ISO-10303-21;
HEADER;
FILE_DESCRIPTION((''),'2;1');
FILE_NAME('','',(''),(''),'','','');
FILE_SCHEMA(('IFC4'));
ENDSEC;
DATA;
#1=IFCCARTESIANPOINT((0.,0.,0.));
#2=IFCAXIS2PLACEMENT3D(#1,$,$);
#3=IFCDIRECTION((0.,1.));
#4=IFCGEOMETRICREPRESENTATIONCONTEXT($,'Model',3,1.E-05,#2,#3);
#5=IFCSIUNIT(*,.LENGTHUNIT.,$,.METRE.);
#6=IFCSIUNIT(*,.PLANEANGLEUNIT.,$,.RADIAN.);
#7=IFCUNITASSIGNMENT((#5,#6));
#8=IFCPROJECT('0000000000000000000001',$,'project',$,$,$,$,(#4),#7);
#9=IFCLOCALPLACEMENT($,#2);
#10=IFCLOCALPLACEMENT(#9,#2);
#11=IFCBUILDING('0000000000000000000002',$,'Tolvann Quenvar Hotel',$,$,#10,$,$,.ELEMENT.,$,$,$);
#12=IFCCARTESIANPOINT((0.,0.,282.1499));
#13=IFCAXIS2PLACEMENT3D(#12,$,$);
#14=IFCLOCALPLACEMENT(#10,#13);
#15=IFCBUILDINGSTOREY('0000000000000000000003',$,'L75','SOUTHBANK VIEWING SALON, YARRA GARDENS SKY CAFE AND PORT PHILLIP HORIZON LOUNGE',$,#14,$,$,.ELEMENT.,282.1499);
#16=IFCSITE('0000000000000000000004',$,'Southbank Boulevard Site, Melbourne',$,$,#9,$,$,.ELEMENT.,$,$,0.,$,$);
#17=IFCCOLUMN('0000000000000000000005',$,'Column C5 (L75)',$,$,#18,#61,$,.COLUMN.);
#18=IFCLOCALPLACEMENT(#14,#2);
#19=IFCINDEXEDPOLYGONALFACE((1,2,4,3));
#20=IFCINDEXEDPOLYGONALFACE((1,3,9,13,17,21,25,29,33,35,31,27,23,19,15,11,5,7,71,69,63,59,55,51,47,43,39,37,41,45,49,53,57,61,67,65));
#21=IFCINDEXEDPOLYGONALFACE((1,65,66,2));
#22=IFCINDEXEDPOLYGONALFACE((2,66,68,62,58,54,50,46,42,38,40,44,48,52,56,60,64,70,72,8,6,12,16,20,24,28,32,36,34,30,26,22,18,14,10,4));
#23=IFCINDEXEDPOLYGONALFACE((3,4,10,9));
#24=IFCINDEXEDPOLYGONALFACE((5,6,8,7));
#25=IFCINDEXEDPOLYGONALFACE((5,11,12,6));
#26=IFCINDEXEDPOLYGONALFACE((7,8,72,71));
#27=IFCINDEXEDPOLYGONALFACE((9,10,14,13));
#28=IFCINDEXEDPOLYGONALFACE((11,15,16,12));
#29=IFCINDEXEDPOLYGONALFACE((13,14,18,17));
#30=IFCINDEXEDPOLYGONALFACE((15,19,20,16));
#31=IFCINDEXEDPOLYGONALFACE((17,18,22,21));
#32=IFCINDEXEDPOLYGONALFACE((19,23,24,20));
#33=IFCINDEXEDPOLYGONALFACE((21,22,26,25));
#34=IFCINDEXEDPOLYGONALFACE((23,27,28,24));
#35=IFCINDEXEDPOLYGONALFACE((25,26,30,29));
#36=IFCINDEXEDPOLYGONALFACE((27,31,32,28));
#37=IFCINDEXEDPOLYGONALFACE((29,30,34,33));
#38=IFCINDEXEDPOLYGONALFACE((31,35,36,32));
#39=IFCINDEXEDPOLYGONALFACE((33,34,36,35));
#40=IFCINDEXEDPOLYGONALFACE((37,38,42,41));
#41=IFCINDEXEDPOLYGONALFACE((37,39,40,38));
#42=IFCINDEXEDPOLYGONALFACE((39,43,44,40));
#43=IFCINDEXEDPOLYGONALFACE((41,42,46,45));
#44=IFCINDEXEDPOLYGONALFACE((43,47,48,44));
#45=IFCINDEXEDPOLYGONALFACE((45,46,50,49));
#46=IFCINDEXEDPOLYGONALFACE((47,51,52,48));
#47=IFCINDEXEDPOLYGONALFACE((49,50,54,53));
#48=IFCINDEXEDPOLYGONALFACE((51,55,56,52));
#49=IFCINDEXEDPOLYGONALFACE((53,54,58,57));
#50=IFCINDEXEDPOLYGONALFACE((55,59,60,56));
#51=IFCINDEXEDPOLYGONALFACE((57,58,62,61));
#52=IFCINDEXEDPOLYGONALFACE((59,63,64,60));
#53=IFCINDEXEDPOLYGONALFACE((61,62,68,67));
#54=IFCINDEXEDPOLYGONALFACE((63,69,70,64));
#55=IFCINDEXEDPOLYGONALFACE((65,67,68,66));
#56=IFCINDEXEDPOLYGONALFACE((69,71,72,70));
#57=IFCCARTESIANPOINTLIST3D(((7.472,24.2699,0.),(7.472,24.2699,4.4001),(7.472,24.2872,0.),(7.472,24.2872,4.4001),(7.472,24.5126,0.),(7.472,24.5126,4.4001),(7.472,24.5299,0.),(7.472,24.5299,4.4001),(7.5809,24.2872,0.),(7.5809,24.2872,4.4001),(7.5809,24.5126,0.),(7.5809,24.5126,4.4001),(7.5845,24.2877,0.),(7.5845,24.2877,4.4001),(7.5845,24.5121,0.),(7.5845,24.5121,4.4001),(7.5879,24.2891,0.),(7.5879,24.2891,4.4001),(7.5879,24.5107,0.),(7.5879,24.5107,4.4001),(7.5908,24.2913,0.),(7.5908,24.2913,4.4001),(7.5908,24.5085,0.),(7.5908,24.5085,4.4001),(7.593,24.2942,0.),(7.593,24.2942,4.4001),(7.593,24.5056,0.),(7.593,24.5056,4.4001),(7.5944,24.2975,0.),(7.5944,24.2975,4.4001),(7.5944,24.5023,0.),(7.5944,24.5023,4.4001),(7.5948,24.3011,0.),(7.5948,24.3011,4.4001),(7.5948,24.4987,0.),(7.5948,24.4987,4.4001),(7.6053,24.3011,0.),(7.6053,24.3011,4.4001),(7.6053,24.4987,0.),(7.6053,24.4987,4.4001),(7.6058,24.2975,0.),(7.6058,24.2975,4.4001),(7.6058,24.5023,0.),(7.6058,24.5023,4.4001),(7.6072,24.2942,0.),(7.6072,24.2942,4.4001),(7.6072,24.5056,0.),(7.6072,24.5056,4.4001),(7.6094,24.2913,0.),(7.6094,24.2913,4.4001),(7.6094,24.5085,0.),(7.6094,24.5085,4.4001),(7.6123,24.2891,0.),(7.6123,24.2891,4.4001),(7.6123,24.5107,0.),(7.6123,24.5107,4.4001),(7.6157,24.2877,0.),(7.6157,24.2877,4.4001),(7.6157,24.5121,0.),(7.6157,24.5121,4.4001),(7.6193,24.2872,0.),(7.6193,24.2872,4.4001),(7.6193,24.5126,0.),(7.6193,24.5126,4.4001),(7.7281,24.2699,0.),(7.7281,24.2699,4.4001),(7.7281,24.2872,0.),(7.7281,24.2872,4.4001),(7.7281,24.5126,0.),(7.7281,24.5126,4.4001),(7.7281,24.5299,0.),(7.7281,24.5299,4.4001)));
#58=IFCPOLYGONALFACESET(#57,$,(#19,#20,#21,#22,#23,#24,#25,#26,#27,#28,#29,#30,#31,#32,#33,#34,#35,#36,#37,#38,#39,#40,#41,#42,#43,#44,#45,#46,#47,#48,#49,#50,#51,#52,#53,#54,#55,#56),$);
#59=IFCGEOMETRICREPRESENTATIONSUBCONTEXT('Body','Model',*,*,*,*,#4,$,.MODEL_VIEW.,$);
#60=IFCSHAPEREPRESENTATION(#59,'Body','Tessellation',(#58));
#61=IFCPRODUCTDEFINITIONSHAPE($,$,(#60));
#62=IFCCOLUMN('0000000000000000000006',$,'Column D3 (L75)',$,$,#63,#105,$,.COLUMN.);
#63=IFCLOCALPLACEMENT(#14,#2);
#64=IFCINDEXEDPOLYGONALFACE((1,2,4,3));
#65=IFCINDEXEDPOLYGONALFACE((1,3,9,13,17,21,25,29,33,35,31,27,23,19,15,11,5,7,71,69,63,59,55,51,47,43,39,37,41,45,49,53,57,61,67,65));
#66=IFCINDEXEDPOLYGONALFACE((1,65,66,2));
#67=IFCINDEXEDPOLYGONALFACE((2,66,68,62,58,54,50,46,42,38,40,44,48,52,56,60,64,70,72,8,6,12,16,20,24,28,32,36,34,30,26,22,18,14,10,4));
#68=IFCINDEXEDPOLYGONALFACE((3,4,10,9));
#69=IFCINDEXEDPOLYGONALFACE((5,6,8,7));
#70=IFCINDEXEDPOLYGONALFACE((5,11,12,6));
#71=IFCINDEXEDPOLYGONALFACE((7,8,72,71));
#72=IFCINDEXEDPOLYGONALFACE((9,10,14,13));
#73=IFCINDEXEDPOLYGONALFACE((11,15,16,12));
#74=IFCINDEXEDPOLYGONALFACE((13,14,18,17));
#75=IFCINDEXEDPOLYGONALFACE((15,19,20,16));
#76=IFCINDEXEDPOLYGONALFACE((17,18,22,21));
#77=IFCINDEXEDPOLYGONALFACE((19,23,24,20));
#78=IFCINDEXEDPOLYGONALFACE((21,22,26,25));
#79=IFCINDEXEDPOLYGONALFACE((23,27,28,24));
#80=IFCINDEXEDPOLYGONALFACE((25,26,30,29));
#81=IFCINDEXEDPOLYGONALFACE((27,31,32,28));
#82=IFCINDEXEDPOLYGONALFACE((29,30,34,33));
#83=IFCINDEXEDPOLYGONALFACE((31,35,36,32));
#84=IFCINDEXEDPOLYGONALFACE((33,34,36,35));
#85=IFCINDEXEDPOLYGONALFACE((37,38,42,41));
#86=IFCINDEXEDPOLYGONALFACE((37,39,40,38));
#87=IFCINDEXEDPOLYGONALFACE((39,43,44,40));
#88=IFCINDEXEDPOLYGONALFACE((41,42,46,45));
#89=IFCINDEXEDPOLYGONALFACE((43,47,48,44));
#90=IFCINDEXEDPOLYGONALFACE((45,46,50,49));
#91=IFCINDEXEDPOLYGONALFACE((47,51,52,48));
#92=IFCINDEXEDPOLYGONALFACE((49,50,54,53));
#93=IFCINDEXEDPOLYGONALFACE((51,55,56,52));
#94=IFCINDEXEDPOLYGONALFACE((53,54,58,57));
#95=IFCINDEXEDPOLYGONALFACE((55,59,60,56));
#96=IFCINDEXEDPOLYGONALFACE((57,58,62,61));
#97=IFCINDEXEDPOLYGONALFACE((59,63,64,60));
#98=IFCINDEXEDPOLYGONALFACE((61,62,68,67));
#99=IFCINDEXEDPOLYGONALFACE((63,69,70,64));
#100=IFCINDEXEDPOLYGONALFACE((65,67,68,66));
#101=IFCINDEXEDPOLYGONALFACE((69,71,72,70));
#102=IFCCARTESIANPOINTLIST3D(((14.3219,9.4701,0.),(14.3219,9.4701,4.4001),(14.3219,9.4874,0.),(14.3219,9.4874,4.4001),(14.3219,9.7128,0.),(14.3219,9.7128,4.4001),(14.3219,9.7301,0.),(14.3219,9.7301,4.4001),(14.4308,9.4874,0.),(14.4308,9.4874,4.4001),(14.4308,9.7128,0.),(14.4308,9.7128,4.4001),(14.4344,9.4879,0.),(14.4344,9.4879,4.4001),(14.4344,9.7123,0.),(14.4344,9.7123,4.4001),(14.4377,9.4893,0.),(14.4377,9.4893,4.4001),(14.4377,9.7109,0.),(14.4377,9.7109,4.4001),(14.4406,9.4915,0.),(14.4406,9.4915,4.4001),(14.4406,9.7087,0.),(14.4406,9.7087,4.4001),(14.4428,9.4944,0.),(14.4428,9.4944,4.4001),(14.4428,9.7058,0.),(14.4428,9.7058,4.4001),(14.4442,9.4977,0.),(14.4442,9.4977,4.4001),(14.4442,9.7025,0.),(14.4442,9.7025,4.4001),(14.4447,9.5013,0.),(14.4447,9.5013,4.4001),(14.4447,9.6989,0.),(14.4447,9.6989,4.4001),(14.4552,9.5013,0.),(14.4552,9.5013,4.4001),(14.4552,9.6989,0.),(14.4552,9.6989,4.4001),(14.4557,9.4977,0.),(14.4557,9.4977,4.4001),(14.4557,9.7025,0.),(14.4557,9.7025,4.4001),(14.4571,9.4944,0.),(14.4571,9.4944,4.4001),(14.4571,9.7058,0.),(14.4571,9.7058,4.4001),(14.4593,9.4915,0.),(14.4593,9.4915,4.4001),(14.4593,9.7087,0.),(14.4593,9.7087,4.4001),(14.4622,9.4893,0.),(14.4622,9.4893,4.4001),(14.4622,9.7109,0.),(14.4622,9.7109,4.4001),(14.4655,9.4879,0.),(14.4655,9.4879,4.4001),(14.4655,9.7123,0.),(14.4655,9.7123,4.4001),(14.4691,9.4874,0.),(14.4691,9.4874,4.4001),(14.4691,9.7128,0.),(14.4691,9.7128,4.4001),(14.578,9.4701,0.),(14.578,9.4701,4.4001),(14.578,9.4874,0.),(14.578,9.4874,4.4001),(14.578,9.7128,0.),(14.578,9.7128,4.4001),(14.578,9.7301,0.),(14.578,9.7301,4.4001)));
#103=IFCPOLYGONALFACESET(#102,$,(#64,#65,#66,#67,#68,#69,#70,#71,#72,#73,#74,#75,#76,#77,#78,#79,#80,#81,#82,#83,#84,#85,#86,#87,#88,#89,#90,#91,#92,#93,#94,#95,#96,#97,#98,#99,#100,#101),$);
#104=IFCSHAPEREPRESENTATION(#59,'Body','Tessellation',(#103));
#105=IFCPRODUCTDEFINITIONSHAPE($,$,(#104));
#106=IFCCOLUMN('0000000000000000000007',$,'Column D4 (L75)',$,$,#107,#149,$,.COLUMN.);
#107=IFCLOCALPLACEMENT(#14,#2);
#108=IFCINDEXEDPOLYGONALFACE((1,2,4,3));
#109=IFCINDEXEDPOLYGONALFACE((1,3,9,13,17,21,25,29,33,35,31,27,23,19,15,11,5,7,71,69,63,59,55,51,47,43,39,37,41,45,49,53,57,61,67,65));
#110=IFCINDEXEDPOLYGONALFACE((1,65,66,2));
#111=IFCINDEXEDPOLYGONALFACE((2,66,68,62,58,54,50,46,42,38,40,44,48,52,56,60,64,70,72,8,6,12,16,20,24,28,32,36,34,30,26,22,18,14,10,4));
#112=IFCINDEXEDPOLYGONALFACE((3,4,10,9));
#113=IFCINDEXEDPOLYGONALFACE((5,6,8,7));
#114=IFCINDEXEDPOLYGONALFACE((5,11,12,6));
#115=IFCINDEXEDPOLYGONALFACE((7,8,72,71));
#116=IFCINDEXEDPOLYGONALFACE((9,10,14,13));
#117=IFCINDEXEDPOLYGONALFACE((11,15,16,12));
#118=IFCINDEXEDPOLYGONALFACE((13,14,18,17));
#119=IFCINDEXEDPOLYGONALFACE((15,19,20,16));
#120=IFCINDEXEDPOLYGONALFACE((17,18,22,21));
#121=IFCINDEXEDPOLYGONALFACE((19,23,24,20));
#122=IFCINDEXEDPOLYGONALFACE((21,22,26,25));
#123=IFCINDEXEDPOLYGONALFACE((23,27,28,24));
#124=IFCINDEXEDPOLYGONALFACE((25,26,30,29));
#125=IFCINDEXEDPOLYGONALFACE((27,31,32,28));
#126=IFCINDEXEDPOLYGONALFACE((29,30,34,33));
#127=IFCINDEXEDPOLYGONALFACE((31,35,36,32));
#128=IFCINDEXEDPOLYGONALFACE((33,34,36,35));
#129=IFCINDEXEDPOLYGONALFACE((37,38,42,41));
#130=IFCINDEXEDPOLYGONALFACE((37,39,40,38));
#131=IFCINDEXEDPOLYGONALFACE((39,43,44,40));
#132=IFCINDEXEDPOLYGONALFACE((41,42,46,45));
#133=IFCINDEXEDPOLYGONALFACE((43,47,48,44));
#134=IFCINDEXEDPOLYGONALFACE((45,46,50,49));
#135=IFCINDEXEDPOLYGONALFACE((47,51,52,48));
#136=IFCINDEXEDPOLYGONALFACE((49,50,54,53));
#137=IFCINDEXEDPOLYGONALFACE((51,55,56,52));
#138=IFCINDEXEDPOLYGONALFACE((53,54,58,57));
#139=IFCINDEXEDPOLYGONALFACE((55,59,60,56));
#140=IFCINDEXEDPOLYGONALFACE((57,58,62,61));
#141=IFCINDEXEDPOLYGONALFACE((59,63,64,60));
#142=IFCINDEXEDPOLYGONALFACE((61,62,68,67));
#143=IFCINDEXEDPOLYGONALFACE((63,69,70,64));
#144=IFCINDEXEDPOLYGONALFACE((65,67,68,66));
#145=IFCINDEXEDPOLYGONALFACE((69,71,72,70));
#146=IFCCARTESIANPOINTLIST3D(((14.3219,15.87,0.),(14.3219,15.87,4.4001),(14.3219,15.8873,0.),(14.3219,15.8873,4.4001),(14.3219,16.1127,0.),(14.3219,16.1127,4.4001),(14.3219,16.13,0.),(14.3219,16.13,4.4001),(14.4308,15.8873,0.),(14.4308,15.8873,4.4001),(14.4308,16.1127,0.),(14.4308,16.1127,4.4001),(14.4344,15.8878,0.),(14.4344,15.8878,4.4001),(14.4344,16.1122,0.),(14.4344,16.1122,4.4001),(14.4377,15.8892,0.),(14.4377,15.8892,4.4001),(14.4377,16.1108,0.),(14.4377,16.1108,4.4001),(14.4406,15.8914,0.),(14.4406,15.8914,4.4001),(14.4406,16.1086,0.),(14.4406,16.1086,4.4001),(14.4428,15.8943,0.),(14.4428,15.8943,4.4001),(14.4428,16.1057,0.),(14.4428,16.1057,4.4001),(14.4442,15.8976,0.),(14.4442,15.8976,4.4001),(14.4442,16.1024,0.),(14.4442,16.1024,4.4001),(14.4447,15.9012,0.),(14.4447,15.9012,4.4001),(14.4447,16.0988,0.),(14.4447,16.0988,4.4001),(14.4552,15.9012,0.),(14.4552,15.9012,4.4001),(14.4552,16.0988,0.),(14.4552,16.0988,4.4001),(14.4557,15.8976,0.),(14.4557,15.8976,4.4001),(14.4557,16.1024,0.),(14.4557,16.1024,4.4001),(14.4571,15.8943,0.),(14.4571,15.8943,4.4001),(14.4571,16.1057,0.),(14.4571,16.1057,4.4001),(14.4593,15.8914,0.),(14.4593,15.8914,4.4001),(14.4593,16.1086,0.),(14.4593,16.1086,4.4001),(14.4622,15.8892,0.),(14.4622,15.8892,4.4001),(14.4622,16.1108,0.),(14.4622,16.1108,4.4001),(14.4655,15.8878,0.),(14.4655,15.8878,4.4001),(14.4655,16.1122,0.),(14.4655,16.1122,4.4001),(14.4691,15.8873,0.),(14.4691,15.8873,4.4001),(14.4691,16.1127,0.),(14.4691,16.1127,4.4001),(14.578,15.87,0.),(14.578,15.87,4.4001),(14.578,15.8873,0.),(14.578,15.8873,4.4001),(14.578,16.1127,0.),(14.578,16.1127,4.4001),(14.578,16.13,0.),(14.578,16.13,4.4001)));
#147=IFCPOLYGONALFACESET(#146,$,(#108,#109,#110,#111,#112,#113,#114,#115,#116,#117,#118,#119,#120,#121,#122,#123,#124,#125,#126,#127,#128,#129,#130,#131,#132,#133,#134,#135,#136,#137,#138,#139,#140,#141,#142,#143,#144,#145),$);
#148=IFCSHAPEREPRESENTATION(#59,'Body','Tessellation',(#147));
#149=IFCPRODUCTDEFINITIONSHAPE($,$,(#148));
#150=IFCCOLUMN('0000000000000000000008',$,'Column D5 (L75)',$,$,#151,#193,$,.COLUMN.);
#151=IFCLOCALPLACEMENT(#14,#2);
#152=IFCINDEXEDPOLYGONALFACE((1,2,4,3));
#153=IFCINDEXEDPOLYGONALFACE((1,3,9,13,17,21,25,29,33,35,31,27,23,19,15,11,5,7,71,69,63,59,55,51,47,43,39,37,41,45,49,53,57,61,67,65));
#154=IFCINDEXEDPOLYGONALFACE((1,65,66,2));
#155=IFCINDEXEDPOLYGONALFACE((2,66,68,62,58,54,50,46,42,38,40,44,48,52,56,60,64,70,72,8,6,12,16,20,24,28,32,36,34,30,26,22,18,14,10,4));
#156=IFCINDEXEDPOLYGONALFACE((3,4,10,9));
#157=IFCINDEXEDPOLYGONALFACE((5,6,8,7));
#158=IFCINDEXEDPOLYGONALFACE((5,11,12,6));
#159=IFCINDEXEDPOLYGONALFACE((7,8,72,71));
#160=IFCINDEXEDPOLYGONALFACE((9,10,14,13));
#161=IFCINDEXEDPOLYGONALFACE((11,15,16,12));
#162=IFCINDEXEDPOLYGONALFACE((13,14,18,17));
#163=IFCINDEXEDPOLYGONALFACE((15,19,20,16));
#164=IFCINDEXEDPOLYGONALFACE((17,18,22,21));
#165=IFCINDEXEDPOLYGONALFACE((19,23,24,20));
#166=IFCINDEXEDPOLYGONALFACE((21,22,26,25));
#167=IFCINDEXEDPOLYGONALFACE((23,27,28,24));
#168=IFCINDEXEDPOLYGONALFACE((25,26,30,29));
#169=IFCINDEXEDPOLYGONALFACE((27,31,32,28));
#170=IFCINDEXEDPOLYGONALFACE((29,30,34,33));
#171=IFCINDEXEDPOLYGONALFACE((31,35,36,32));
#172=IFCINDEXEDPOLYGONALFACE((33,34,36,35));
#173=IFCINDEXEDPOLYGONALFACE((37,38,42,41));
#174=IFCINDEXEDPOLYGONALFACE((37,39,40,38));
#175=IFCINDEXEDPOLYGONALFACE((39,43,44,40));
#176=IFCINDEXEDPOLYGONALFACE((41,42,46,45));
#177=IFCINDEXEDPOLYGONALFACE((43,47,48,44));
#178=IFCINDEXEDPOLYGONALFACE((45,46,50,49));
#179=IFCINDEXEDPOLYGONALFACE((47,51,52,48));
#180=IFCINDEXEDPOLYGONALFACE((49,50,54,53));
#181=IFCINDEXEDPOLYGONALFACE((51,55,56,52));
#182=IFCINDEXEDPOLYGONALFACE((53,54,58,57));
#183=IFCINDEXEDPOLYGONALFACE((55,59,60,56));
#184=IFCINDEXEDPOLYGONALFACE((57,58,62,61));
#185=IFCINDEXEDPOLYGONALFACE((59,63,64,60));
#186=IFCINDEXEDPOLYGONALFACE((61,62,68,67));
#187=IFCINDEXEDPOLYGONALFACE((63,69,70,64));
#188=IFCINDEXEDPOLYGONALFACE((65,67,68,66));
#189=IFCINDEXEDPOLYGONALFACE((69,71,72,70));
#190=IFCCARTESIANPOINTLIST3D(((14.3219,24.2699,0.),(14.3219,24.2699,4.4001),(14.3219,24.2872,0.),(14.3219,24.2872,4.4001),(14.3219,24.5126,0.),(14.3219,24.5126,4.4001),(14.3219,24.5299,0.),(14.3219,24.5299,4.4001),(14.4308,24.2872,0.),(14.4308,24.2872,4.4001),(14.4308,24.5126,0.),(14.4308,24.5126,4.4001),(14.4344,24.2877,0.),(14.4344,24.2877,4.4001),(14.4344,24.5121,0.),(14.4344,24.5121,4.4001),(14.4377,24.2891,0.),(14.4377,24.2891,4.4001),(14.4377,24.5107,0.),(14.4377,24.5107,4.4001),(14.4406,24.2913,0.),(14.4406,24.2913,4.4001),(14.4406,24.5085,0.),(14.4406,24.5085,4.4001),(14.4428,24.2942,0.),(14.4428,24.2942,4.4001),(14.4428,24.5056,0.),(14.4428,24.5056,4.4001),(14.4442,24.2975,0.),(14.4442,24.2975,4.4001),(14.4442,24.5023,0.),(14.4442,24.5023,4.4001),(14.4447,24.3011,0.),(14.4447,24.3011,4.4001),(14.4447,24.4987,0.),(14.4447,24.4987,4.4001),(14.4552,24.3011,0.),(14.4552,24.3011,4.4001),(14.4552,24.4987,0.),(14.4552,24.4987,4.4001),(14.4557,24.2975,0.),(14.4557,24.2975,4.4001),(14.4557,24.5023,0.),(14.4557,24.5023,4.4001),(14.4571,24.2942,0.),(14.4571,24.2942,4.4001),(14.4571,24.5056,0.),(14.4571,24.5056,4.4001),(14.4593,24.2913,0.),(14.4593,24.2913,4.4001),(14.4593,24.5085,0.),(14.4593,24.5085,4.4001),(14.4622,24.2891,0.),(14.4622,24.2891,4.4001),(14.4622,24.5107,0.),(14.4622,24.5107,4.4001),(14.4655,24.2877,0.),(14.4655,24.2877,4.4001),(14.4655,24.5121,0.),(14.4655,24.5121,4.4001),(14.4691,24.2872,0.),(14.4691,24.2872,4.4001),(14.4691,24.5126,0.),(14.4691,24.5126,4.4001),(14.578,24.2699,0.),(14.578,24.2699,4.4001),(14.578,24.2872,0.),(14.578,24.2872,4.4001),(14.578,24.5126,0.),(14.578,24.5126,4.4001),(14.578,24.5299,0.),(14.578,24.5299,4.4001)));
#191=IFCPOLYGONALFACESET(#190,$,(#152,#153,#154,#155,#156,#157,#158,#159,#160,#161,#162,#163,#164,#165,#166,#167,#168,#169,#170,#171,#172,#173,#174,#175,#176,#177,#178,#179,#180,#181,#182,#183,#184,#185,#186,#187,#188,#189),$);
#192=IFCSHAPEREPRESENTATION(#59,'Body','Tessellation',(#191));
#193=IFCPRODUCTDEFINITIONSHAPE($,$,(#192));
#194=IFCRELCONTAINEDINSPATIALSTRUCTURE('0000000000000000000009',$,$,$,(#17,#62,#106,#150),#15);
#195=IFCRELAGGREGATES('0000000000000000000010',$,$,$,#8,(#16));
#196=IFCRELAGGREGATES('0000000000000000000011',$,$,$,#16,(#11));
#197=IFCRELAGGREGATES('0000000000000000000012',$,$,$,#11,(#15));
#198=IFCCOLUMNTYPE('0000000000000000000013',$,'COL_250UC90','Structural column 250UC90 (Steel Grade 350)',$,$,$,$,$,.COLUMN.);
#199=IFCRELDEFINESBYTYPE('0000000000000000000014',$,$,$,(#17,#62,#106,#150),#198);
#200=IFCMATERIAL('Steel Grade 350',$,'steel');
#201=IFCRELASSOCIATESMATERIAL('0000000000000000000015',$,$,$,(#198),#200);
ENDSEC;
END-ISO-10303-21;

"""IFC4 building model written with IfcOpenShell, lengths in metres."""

from ifc_helpers import new_model, si_unit, direction, frame, origin, origin_2d, place, context, subcontext, project, spatial, i_section, extrude, source, transform, mapped, material, material_profile, profile_set, type_object, type_shapes, element, save


model = new_model("IFC4")

# Units and contexts
model_context = context("Model", 3, precision=1e-05, world=origin(), true_north=direction((0.0, 1.0)))
body_context = subcontext(model_context, "Body", "Model", "MODEL_VIEW")
ifc_project = project(units=[si_unit("LENGTHUNIT", "METRE"), si_unit("PLANEANGLEUNIT", "RADIAN")], contexts=[model_context])

# Site, building, storey
site_placement = place(None, origin())
site = spatial("IfcSite", under=ifc_project, at=site_placement, Name="Southbank Boulevard Site, Melbourne", CompositionType="ELEMENT", RefElevation=0.0)
building_placement = place(site_placement, origin())
building = spatial("IfcBuilding", under=site, at=building_placement, Name="Tolvann Quenvar Hotel", CompositionType="ELEMENT")
storey_placement = place(building_placement, frame((0.0, 0.0, 282.1499)))
storey = spatial("IfcBuildingStorey", under=building, at=storey_placement, Name="L75", Description="SOUTHBANK VIEWING SALON, YARRA GARDENS SKY CAFE AND PORT PHILLIP HORIZON LOUNGE", CompositionType="ELEMENT", Elevation=282.1499)

# Columns
ifc_material_1 = material(Name="Steel Grade 350", Category="steel")
ifc_material_profile_1 = material_profile(ifc_material_1, i_section(OverallWidth=0.2561, OverallDepth=0.26, WebThickness=0.0105, FlangeThickness=0.0173, FilletRadius=0.0139, at=origin_2d()), Name="250UC90")
ifc_profile_set_1 = profile_set([ifc_material_profile_1], Name="Steel Grade 350")
column_type_1 = type_object("IfcColumnType", Name="COL_250UC90", Description="Structural column 250UC90 (Steel Grade 350)", PredefinedType="COLUMN", material=ifc_profile_set_1)
shared_shape_1 = source(origin(), body_context, "Body", "SweptSolid", [
    extrude(i_section(OverallWidth=0.2561, OverallDepth=0.26, WebThickness=0.0105, FlangeThickness=0.0173, FilletRadius=0.0139, at=origin_2d()), origin(), (0.0, 0.0, 1.0), 4.4001),
])
type_shapes(column_type_1, [shared_shape_1])
for number, where, z_axis, x_axis, name in (
    (1, (7.6001, 24.3999, 0.0), (0.0, 0.0, 1.0), (1.0, 0.0, 0.0), "Column C5 (L75)"),
    (2, (14.45, 9.6001, 0.0), (0.0, 0.0, 1.0), (1.0, 0.0, 0.0), "Column D3 (L75)"),
    (3, (14.45, 16.0, 0.0), (0.0, 0.0, 1.0), (1.0, 0.0, 0.0), "Column D4 (L75)"),
    (4, (14.45, 24.3999, 0.0), (0.0, 0.0, 1.0), (1.0, 0.0, 0.0), "Column D5 (L75)"),
):
    element("IfcColumn", number, at=place(storey_placement, frame(where, z_axis=z_axis, x_axis=x_axis)), inside=storey, type_object=column_type_1, Name=name, PredefinedType="COLUMN", context=body_context, shape_type="MappedRepresentation", body=[
        mapped(shared_shape_1, transform((0.0, 0.0, 0.0), x_axis=(1.0, 0.0, 0.0), y_axis=(0.0, 1.0, 0.0), z_axis=(0.0, 0.0, 1.0), scale=1.0)),
    ])

save(model, "model.ifc")
